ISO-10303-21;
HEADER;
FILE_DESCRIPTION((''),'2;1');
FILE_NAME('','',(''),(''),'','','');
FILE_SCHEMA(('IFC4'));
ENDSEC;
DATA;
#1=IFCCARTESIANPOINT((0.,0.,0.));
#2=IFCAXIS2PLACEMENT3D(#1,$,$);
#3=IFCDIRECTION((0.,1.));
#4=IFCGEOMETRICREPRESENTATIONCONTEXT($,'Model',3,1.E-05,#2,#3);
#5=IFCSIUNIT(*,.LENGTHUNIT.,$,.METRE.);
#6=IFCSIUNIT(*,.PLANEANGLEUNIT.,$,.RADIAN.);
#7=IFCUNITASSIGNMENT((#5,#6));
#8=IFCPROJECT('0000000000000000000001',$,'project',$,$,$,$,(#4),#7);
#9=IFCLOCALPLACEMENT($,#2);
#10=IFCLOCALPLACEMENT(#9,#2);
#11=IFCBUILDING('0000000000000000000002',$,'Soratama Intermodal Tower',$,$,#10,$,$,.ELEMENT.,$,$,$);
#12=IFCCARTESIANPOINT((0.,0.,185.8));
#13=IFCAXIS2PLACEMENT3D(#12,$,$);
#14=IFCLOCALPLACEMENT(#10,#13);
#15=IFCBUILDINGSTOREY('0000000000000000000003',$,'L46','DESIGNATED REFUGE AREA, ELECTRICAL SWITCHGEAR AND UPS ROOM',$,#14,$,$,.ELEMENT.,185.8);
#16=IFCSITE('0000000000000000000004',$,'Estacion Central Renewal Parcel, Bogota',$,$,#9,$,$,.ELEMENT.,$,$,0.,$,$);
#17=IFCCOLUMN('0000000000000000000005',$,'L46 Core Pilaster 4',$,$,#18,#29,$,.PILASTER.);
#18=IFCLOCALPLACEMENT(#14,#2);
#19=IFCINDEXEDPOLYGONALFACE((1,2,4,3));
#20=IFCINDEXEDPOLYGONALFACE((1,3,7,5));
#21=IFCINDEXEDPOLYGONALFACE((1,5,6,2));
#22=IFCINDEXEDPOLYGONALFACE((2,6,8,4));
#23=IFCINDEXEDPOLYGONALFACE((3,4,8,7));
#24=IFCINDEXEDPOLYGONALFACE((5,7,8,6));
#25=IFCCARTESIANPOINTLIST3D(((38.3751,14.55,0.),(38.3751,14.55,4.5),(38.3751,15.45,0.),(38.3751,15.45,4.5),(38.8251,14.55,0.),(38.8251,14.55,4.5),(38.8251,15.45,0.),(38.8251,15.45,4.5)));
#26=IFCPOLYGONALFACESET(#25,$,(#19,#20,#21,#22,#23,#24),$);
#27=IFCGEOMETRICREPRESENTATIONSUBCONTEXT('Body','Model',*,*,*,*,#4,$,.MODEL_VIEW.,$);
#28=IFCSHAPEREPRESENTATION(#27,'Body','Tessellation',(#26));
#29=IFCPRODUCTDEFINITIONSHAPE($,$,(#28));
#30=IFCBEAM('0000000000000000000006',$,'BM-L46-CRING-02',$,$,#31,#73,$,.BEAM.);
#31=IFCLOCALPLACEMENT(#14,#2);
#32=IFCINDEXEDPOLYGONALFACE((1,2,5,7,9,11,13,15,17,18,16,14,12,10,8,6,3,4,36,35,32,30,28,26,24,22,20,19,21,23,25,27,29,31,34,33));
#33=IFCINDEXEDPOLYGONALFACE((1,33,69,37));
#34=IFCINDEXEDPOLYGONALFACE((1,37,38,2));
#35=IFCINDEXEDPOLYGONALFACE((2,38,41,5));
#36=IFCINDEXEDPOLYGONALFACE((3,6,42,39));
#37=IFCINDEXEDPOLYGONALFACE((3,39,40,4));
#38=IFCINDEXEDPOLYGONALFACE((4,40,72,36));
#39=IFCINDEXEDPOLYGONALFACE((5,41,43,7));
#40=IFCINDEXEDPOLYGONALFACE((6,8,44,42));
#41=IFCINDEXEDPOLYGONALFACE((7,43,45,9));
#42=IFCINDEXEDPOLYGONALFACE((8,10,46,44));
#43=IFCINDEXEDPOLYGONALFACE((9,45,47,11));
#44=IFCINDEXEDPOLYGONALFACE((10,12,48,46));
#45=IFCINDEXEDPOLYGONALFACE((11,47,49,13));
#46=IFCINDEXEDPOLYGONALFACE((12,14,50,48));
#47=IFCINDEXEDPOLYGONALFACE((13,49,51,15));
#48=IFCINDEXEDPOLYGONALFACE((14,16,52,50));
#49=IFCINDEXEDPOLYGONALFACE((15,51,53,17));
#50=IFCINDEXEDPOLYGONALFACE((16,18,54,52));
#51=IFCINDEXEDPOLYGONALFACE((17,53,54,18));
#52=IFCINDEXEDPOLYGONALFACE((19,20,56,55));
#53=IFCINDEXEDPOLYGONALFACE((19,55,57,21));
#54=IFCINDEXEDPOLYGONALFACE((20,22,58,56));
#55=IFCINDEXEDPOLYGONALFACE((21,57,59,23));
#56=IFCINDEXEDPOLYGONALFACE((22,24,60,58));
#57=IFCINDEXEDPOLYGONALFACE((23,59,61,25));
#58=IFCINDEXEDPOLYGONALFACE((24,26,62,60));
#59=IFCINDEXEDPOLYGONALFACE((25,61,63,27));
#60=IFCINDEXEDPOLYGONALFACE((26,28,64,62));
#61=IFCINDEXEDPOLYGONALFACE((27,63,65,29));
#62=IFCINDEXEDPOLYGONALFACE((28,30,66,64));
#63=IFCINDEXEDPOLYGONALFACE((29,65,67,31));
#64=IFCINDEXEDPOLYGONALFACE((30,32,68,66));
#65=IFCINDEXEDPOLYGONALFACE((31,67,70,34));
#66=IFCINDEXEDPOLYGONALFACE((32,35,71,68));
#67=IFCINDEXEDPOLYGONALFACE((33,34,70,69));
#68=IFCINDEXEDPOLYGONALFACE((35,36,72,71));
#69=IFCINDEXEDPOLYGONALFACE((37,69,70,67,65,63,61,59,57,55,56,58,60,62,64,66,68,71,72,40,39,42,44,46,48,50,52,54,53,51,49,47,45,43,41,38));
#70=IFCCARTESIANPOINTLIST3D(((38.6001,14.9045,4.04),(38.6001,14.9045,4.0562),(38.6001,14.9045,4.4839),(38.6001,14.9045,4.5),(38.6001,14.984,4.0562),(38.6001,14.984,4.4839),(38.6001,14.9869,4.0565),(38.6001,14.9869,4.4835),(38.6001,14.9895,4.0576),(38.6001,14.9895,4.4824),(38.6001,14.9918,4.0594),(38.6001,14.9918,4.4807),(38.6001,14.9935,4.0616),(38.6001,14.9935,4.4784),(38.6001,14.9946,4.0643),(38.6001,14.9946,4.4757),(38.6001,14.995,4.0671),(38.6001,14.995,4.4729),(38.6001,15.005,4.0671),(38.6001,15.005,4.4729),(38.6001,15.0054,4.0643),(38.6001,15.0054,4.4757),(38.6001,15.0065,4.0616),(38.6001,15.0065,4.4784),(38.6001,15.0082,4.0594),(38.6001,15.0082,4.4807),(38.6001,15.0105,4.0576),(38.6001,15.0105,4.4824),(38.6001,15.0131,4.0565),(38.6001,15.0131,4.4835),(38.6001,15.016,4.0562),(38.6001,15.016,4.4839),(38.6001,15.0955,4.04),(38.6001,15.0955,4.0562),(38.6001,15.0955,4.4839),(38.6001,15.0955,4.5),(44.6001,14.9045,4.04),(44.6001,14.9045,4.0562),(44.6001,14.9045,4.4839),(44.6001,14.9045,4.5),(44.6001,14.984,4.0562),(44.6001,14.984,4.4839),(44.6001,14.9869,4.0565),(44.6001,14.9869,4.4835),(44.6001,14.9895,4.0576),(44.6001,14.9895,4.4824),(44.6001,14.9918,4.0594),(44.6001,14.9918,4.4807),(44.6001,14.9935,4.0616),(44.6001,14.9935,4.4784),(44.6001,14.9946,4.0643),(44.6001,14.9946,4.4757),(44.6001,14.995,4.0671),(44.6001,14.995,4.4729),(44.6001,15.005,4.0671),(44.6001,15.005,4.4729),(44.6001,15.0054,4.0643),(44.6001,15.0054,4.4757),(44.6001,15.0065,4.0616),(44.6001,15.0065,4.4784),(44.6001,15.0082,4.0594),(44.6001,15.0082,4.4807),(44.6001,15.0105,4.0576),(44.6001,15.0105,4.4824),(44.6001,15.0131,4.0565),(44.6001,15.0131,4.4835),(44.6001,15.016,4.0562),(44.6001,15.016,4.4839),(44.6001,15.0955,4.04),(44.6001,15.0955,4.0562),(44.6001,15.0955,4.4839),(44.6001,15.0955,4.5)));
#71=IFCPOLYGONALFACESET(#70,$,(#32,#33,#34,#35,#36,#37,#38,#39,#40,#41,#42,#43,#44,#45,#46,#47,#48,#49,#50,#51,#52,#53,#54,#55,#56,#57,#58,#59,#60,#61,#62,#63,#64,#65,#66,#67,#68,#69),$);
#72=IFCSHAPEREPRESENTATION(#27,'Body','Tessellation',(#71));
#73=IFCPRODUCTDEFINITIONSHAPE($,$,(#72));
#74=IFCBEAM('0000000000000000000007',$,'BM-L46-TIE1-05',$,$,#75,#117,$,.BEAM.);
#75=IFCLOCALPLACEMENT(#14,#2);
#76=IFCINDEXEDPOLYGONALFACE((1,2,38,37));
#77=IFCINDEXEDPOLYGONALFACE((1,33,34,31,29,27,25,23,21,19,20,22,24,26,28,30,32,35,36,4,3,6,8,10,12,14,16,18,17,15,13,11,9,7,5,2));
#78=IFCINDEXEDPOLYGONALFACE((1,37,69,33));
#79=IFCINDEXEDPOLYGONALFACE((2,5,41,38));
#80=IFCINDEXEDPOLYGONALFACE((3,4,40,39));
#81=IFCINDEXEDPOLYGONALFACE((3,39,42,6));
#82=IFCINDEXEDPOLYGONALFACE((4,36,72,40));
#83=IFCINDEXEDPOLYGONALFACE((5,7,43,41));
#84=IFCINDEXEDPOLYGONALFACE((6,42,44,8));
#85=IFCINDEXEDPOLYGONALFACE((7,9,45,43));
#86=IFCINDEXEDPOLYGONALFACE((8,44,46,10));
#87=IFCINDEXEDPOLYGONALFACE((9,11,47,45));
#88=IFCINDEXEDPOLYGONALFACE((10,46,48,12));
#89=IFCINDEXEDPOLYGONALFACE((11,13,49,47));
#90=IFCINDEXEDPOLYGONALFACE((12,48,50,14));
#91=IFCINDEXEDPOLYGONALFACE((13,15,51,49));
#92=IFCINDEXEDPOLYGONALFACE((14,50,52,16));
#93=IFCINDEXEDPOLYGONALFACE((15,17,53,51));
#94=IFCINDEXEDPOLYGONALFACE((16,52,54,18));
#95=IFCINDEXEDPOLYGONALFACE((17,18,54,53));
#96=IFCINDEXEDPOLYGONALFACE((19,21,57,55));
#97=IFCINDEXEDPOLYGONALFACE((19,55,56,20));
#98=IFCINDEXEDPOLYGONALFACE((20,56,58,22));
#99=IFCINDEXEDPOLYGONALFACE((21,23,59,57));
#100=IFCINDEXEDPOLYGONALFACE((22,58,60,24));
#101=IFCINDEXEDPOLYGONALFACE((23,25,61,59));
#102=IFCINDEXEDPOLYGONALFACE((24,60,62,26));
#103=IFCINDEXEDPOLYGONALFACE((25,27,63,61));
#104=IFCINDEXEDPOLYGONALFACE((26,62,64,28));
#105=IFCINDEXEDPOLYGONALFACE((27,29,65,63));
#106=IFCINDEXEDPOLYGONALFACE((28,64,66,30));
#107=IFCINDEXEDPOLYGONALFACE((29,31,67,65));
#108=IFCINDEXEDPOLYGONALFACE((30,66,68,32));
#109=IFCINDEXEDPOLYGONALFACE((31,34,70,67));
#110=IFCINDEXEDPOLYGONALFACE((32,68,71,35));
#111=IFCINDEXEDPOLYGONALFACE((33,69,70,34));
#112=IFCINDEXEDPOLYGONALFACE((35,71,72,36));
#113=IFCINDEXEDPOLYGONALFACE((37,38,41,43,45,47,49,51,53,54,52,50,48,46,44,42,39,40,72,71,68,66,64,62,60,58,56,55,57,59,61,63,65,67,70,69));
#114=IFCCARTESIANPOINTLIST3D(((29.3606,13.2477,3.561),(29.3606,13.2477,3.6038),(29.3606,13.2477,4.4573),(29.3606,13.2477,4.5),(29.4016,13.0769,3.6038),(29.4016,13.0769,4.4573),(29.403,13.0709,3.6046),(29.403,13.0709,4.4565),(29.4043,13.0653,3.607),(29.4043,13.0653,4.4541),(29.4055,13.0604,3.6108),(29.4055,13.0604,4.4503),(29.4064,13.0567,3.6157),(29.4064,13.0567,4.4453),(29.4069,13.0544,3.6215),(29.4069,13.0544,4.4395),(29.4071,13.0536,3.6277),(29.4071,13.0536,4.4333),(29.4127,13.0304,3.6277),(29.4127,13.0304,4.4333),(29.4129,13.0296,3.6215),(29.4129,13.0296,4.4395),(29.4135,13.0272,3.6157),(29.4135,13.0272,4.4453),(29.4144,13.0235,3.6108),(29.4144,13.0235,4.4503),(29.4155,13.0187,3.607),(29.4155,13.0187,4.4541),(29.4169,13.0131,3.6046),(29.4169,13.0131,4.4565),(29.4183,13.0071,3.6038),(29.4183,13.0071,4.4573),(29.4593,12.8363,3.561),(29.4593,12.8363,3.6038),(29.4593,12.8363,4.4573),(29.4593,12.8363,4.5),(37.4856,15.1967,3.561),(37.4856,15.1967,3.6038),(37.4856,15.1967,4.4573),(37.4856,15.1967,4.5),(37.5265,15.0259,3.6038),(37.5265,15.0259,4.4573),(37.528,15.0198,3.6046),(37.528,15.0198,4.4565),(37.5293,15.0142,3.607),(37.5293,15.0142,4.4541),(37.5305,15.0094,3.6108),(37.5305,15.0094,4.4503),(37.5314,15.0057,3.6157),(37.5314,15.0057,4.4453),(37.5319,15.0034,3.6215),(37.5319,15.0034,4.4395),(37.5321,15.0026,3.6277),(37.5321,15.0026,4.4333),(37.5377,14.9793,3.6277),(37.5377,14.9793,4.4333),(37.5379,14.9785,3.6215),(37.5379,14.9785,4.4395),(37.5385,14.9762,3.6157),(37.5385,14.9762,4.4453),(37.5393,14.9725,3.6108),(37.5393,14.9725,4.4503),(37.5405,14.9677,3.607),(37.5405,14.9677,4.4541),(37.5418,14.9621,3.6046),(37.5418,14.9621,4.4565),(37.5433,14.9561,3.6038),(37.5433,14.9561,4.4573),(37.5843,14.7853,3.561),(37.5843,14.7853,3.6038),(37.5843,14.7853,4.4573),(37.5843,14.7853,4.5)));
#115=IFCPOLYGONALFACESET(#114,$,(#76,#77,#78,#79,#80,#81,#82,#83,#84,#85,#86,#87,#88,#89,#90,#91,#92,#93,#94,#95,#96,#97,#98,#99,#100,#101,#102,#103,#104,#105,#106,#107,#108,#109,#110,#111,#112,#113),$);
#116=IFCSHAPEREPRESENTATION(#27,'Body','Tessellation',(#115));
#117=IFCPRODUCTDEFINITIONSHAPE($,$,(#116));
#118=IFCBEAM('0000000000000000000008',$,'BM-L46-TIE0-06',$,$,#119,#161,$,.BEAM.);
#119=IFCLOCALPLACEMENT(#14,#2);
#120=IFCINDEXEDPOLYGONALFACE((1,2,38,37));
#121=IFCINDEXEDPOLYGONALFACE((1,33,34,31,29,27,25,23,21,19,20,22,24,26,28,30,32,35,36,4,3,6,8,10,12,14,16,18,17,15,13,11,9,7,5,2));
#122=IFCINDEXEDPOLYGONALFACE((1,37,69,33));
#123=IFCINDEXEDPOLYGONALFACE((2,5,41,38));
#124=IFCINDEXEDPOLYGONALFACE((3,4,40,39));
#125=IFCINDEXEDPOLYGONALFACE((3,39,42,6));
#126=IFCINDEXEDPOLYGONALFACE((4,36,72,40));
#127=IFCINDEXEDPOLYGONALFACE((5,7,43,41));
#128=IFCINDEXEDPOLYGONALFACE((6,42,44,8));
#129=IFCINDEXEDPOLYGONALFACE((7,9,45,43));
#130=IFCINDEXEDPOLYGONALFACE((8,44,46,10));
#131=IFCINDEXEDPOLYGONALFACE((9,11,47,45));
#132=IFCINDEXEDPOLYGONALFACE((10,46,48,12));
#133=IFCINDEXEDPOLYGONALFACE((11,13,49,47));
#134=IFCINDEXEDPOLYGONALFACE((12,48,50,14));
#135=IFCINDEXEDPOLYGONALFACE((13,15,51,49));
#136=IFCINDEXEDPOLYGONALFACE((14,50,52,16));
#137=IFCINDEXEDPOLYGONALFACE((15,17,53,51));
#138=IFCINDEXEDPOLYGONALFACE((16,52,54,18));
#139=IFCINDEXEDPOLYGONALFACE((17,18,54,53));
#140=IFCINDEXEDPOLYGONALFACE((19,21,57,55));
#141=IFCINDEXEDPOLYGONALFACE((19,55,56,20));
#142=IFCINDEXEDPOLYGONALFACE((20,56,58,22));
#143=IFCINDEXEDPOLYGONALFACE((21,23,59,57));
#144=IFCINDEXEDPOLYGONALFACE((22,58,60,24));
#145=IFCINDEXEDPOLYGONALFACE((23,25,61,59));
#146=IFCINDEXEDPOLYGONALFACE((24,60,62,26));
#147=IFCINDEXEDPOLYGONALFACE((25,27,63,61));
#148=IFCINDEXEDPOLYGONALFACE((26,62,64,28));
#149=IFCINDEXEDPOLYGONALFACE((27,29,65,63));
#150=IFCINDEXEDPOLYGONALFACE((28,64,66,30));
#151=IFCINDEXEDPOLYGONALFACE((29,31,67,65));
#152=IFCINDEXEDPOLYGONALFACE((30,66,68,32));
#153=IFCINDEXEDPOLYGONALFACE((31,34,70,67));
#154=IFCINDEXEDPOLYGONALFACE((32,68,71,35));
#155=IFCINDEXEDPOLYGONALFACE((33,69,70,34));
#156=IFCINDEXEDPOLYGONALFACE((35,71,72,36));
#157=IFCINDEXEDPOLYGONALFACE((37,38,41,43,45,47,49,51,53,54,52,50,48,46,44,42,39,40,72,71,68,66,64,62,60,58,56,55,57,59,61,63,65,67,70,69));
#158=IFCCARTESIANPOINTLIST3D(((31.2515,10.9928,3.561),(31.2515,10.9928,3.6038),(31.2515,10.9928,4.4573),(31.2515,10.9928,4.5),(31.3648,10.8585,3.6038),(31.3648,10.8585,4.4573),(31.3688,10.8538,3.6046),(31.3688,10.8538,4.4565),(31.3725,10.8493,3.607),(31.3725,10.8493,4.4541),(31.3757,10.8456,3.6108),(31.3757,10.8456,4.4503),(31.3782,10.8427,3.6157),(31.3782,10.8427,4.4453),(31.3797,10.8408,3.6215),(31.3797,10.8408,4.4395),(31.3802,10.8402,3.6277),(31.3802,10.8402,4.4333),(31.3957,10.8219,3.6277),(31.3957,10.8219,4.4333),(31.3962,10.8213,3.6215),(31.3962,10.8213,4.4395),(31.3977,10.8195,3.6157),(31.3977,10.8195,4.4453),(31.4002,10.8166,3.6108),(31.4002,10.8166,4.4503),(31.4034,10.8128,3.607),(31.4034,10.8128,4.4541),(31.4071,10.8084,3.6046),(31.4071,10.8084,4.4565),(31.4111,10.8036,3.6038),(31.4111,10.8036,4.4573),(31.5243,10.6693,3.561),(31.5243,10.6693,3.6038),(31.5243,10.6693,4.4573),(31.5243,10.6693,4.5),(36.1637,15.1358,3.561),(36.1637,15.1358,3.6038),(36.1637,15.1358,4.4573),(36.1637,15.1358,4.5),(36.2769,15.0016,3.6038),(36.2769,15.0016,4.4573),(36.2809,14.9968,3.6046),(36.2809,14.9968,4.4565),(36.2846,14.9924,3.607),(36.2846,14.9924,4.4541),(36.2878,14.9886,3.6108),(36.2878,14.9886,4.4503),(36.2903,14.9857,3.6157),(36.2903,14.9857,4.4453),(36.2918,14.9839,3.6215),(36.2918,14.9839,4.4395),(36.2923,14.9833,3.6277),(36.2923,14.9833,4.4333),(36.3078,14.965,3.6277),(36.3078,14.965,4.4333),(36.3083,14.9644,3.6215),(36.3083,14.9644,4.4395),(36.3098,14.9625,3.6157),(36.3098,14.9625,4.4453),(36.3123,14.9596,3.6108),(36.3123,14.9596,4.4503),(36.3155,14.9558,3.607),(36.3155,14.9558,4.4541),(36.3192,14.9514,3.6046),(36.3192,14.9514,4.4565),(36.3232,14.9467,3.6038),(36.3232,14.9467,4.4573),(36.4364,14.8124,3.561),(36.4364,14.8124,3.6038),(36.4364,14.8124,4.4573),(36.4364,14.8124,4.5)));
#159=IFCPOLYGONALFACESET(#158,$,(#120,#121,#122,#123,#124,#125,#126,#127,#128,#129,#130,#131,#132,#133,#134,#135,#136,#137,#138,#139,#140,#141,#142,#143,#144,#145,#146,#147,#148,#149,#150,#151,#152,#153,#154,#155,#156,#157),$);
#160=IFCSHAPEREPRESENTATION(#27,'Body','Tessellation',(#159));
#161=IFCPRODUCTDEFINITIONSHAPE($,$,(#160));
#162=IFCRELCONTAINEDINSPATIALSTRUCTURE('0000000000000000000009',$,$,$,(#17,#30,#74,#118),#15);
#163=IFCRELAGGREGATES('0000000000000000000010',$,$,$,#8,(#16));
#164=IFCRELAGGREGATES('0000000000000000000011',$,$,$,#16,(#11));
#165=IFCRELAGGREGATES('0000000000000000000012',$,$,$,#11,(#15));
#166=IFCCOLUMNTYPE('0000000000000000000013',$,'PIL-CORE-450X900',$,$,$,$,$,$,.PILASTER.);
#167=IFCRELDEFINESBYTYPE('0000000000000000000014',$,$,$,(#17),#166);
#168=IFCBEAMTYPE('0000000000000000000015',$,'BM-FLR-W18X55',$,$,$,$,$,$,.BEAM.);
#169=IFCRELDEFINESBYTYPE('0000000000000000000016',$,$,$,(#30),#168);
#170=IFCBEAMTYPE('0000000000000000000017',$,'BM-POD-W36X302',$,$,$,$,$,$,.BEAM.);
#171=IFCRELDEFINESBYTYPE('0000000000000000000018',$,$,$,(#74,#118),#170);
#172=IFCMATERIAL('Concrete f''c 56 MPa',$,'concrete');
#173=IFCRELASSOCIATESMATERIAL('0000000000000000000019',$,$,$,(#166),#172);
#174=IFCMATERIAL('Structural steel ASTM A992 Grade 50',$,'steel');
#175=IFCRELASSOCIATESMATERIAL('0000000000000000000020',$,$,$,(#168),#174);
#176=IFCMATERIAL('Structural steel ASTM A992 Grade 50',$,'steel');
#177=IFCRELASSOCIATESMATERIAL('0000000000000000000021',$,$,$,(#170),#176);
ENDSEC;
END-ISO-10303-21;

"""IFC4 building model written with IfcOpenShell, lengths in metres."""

from ifc_helpers import new_model, si_unit, direction, frame, origin, origin_2d, place, context, subcontext, project, spatial, rectangle, i_section, extrude, material, material_profile, profile_set, type_object, element, save


model = new_model("IFC4")

# Units and contexts
model_context = context("Model", 3, precision=1e-05, world=origin(), true_north=direction((0.0, 1.0)))
body_context = subcontext(model_context, "Body", "Model", "MODEL_VIEW")
ifc_project = project(units=[si_unit("LENGTHUNIT", "METRE"), si_unit("PLANEANGLEUNIT", "RADIAN")], contexts=[model_context])

# Site, building, storey
site_placement = place(None, origin())
site = spatial("IfcSite", under=ifc_project, at=site_placement, Name="Estacion Central Renewal Parcel, Bogota", CompositionType="ELEMENT", RefElevation=0.0)
building_placement = place(site_placement, origin())
building = spatial("IfcBuilding", under=site, at=building_placement, Name="Soratama Intermodal Tower", CompositionType="ELEMENT")
storey_placement = place(building_placement, frame((0.0, 0.0, 185.8)))
storey = spatial("IfcBuildingStorey", under=building, at=storey_placement, Name="L46", Description="DESIGNATED REFUGE AREA, ELECTRICAL SWITCHGEAR AND UPS ROOM", CompositionType="ELEMENT", Elevation=185.8)

# Column
ifc_material_1 = material(Name="Concrete f'c 56 MPa", Category="concrete")
ifc_material_profile_1 = material_profile(ifc_material_1, rectangle(XDim=0.45, YDim=0.8999, at=origin_2d()), Name="RC450X900")
ifc_profile_set_1 = profile_set([ifc_material_profile_1], Name="Concrete f'c 56 MPa")
column_type = type_object("IfcColumnType", Name="PIL-CORE-450X900", PredefinedType="PILASTER", material=ifc_profile_set_1)
column_placement = place(storey_placement, frame((38.6001, 15.0, 0.0), z_axis=(0.0, 0.0, 1.0), x_axis=(1.0, 0.0, 0.0)))
element("IfcColumn", 1, at=column_placement, inside=storey, type_object=column_type, Name="L46 Core Pilaster 4", PredefinedType="PILASTER", context=body_context, shape_type="SweptSolid", body=[
    extrude(rectangle(XDim=0.45, YDim=0.8999, at=origin_2d()), origin(), (0.0, 0.0, 1.0), 4.5),
])

# Beams
ifc_material_2 = material(Name="Structural steel ASTM A992 Grade 50", Category="steel")
ifc_material_profile_2 = material_profile(ifc_material_2, i_section(OverallWidth=0.1909, OverallDepth=0.46, WebThickness=0.01, FlangeThickness=0.0161, FilletRadius=0.011, at=origin_2d()), Name="W18X55")
ifc_profile_set_2 = profile_set([ifc_material_profile_2], Name="Structural steel ASTM A992 Grade 50")
beam_type_1 = type_object("IfcBeamType", Name="BM-FLR-W18X55", PredefinedType="BEAM", material=ifc_profile_set_2)
beam_1_placement = place(storey_placement, frame((38.6001, 15.0, 4.27), z_axis=(1.0, 0.0, 0.0), x_axis=(0.0, 1.0, 0.0)))
element("IfcBeam", 2, at=beam_1_placement, inside=storey, type_object=beam_type_1, Name="BM-L46-CRING-02", PredefinedType="BEAM", context=body_context, shape_type="SweptSolid", body=[
    extrude(i_section(OverallWidth=0.1909, OverallDepth=0.46, WebThickness=0.01, FlangeThickness=0.0161, FilletRadius=0.011, at=origin_2d()), origin(), (0.0, 0.0, 1.0), 6.0),
])
ifc_material_3 = material(Name="Structural steel ASTM A992 Grade 50", Category="steel")
ifc_material_profile_3 = material_profile(ifc_material_3, i_section(OverallWidth=0.4231, OverallDepth=0.939, WebThickness=0.0239, FlangeThickness=0.0427, FilletRadius=0.0239, at=origin_2d()), Name="W36X302")
ifc_profile_set_3 = profile_set([ifc_material_profile_3], Name="Structural steel ASTM A992 Grade 50")
beam_type_2 = type_object("IfcBeamType", Name="BM-POD-W36X302", PredefinedType="BEAM", material=ifc_profile_set_3)
beam_2_placement = place(storey_placement, frame((37.5349, 14.991, 4.0305), z_axis=(-0.972415, -0.233257, 0.0), x_axis=(0.233257, -0.972415, 0.0)))
element("IfcBeam", 3, at=beam_2_placement, inside=storey, type_object=beam_type_2, Name="BM-L46-TIE1-05", PredefinedType="BEAM", context=body_context, shape_type="SweptSolid", body=[
    extrude(i_section(OverallWidth=0.4231, OverallDepth=0.939, WebThickness=0.0239, FlangeThickness=0.0427, FilletRadius=0.0239, at=origin_2d()), origin(), (0.0, 0.0, 1.0), 8.3555),
])
beam_3_placement = place(storey_placement, frame((36.3, 14.9741, 4.0305), z_axis=(-0.764409, -0.644732, 0.0), x_axis=(0.644732, -0.764409, 0.0)))
element("IfcBeam", 4, at=beam_3_placement, inside=storey, type_object=beam_type_2, Name="BM-L46-TIE0-06", PredefinedType="BEAM", context=body_context, shape_type="SweptSolid", body=[
    extrude(i_section(OverallWidth=0.4231, OverallDepth=0.939, WebThickness=0.0239, FlangeThickness=0.0427, FilletRadius=0.0239, at=origin_2d()), origin(), (0.0, 0.0, 1.0), 6.426),
])

save(model, "model.ifc")
